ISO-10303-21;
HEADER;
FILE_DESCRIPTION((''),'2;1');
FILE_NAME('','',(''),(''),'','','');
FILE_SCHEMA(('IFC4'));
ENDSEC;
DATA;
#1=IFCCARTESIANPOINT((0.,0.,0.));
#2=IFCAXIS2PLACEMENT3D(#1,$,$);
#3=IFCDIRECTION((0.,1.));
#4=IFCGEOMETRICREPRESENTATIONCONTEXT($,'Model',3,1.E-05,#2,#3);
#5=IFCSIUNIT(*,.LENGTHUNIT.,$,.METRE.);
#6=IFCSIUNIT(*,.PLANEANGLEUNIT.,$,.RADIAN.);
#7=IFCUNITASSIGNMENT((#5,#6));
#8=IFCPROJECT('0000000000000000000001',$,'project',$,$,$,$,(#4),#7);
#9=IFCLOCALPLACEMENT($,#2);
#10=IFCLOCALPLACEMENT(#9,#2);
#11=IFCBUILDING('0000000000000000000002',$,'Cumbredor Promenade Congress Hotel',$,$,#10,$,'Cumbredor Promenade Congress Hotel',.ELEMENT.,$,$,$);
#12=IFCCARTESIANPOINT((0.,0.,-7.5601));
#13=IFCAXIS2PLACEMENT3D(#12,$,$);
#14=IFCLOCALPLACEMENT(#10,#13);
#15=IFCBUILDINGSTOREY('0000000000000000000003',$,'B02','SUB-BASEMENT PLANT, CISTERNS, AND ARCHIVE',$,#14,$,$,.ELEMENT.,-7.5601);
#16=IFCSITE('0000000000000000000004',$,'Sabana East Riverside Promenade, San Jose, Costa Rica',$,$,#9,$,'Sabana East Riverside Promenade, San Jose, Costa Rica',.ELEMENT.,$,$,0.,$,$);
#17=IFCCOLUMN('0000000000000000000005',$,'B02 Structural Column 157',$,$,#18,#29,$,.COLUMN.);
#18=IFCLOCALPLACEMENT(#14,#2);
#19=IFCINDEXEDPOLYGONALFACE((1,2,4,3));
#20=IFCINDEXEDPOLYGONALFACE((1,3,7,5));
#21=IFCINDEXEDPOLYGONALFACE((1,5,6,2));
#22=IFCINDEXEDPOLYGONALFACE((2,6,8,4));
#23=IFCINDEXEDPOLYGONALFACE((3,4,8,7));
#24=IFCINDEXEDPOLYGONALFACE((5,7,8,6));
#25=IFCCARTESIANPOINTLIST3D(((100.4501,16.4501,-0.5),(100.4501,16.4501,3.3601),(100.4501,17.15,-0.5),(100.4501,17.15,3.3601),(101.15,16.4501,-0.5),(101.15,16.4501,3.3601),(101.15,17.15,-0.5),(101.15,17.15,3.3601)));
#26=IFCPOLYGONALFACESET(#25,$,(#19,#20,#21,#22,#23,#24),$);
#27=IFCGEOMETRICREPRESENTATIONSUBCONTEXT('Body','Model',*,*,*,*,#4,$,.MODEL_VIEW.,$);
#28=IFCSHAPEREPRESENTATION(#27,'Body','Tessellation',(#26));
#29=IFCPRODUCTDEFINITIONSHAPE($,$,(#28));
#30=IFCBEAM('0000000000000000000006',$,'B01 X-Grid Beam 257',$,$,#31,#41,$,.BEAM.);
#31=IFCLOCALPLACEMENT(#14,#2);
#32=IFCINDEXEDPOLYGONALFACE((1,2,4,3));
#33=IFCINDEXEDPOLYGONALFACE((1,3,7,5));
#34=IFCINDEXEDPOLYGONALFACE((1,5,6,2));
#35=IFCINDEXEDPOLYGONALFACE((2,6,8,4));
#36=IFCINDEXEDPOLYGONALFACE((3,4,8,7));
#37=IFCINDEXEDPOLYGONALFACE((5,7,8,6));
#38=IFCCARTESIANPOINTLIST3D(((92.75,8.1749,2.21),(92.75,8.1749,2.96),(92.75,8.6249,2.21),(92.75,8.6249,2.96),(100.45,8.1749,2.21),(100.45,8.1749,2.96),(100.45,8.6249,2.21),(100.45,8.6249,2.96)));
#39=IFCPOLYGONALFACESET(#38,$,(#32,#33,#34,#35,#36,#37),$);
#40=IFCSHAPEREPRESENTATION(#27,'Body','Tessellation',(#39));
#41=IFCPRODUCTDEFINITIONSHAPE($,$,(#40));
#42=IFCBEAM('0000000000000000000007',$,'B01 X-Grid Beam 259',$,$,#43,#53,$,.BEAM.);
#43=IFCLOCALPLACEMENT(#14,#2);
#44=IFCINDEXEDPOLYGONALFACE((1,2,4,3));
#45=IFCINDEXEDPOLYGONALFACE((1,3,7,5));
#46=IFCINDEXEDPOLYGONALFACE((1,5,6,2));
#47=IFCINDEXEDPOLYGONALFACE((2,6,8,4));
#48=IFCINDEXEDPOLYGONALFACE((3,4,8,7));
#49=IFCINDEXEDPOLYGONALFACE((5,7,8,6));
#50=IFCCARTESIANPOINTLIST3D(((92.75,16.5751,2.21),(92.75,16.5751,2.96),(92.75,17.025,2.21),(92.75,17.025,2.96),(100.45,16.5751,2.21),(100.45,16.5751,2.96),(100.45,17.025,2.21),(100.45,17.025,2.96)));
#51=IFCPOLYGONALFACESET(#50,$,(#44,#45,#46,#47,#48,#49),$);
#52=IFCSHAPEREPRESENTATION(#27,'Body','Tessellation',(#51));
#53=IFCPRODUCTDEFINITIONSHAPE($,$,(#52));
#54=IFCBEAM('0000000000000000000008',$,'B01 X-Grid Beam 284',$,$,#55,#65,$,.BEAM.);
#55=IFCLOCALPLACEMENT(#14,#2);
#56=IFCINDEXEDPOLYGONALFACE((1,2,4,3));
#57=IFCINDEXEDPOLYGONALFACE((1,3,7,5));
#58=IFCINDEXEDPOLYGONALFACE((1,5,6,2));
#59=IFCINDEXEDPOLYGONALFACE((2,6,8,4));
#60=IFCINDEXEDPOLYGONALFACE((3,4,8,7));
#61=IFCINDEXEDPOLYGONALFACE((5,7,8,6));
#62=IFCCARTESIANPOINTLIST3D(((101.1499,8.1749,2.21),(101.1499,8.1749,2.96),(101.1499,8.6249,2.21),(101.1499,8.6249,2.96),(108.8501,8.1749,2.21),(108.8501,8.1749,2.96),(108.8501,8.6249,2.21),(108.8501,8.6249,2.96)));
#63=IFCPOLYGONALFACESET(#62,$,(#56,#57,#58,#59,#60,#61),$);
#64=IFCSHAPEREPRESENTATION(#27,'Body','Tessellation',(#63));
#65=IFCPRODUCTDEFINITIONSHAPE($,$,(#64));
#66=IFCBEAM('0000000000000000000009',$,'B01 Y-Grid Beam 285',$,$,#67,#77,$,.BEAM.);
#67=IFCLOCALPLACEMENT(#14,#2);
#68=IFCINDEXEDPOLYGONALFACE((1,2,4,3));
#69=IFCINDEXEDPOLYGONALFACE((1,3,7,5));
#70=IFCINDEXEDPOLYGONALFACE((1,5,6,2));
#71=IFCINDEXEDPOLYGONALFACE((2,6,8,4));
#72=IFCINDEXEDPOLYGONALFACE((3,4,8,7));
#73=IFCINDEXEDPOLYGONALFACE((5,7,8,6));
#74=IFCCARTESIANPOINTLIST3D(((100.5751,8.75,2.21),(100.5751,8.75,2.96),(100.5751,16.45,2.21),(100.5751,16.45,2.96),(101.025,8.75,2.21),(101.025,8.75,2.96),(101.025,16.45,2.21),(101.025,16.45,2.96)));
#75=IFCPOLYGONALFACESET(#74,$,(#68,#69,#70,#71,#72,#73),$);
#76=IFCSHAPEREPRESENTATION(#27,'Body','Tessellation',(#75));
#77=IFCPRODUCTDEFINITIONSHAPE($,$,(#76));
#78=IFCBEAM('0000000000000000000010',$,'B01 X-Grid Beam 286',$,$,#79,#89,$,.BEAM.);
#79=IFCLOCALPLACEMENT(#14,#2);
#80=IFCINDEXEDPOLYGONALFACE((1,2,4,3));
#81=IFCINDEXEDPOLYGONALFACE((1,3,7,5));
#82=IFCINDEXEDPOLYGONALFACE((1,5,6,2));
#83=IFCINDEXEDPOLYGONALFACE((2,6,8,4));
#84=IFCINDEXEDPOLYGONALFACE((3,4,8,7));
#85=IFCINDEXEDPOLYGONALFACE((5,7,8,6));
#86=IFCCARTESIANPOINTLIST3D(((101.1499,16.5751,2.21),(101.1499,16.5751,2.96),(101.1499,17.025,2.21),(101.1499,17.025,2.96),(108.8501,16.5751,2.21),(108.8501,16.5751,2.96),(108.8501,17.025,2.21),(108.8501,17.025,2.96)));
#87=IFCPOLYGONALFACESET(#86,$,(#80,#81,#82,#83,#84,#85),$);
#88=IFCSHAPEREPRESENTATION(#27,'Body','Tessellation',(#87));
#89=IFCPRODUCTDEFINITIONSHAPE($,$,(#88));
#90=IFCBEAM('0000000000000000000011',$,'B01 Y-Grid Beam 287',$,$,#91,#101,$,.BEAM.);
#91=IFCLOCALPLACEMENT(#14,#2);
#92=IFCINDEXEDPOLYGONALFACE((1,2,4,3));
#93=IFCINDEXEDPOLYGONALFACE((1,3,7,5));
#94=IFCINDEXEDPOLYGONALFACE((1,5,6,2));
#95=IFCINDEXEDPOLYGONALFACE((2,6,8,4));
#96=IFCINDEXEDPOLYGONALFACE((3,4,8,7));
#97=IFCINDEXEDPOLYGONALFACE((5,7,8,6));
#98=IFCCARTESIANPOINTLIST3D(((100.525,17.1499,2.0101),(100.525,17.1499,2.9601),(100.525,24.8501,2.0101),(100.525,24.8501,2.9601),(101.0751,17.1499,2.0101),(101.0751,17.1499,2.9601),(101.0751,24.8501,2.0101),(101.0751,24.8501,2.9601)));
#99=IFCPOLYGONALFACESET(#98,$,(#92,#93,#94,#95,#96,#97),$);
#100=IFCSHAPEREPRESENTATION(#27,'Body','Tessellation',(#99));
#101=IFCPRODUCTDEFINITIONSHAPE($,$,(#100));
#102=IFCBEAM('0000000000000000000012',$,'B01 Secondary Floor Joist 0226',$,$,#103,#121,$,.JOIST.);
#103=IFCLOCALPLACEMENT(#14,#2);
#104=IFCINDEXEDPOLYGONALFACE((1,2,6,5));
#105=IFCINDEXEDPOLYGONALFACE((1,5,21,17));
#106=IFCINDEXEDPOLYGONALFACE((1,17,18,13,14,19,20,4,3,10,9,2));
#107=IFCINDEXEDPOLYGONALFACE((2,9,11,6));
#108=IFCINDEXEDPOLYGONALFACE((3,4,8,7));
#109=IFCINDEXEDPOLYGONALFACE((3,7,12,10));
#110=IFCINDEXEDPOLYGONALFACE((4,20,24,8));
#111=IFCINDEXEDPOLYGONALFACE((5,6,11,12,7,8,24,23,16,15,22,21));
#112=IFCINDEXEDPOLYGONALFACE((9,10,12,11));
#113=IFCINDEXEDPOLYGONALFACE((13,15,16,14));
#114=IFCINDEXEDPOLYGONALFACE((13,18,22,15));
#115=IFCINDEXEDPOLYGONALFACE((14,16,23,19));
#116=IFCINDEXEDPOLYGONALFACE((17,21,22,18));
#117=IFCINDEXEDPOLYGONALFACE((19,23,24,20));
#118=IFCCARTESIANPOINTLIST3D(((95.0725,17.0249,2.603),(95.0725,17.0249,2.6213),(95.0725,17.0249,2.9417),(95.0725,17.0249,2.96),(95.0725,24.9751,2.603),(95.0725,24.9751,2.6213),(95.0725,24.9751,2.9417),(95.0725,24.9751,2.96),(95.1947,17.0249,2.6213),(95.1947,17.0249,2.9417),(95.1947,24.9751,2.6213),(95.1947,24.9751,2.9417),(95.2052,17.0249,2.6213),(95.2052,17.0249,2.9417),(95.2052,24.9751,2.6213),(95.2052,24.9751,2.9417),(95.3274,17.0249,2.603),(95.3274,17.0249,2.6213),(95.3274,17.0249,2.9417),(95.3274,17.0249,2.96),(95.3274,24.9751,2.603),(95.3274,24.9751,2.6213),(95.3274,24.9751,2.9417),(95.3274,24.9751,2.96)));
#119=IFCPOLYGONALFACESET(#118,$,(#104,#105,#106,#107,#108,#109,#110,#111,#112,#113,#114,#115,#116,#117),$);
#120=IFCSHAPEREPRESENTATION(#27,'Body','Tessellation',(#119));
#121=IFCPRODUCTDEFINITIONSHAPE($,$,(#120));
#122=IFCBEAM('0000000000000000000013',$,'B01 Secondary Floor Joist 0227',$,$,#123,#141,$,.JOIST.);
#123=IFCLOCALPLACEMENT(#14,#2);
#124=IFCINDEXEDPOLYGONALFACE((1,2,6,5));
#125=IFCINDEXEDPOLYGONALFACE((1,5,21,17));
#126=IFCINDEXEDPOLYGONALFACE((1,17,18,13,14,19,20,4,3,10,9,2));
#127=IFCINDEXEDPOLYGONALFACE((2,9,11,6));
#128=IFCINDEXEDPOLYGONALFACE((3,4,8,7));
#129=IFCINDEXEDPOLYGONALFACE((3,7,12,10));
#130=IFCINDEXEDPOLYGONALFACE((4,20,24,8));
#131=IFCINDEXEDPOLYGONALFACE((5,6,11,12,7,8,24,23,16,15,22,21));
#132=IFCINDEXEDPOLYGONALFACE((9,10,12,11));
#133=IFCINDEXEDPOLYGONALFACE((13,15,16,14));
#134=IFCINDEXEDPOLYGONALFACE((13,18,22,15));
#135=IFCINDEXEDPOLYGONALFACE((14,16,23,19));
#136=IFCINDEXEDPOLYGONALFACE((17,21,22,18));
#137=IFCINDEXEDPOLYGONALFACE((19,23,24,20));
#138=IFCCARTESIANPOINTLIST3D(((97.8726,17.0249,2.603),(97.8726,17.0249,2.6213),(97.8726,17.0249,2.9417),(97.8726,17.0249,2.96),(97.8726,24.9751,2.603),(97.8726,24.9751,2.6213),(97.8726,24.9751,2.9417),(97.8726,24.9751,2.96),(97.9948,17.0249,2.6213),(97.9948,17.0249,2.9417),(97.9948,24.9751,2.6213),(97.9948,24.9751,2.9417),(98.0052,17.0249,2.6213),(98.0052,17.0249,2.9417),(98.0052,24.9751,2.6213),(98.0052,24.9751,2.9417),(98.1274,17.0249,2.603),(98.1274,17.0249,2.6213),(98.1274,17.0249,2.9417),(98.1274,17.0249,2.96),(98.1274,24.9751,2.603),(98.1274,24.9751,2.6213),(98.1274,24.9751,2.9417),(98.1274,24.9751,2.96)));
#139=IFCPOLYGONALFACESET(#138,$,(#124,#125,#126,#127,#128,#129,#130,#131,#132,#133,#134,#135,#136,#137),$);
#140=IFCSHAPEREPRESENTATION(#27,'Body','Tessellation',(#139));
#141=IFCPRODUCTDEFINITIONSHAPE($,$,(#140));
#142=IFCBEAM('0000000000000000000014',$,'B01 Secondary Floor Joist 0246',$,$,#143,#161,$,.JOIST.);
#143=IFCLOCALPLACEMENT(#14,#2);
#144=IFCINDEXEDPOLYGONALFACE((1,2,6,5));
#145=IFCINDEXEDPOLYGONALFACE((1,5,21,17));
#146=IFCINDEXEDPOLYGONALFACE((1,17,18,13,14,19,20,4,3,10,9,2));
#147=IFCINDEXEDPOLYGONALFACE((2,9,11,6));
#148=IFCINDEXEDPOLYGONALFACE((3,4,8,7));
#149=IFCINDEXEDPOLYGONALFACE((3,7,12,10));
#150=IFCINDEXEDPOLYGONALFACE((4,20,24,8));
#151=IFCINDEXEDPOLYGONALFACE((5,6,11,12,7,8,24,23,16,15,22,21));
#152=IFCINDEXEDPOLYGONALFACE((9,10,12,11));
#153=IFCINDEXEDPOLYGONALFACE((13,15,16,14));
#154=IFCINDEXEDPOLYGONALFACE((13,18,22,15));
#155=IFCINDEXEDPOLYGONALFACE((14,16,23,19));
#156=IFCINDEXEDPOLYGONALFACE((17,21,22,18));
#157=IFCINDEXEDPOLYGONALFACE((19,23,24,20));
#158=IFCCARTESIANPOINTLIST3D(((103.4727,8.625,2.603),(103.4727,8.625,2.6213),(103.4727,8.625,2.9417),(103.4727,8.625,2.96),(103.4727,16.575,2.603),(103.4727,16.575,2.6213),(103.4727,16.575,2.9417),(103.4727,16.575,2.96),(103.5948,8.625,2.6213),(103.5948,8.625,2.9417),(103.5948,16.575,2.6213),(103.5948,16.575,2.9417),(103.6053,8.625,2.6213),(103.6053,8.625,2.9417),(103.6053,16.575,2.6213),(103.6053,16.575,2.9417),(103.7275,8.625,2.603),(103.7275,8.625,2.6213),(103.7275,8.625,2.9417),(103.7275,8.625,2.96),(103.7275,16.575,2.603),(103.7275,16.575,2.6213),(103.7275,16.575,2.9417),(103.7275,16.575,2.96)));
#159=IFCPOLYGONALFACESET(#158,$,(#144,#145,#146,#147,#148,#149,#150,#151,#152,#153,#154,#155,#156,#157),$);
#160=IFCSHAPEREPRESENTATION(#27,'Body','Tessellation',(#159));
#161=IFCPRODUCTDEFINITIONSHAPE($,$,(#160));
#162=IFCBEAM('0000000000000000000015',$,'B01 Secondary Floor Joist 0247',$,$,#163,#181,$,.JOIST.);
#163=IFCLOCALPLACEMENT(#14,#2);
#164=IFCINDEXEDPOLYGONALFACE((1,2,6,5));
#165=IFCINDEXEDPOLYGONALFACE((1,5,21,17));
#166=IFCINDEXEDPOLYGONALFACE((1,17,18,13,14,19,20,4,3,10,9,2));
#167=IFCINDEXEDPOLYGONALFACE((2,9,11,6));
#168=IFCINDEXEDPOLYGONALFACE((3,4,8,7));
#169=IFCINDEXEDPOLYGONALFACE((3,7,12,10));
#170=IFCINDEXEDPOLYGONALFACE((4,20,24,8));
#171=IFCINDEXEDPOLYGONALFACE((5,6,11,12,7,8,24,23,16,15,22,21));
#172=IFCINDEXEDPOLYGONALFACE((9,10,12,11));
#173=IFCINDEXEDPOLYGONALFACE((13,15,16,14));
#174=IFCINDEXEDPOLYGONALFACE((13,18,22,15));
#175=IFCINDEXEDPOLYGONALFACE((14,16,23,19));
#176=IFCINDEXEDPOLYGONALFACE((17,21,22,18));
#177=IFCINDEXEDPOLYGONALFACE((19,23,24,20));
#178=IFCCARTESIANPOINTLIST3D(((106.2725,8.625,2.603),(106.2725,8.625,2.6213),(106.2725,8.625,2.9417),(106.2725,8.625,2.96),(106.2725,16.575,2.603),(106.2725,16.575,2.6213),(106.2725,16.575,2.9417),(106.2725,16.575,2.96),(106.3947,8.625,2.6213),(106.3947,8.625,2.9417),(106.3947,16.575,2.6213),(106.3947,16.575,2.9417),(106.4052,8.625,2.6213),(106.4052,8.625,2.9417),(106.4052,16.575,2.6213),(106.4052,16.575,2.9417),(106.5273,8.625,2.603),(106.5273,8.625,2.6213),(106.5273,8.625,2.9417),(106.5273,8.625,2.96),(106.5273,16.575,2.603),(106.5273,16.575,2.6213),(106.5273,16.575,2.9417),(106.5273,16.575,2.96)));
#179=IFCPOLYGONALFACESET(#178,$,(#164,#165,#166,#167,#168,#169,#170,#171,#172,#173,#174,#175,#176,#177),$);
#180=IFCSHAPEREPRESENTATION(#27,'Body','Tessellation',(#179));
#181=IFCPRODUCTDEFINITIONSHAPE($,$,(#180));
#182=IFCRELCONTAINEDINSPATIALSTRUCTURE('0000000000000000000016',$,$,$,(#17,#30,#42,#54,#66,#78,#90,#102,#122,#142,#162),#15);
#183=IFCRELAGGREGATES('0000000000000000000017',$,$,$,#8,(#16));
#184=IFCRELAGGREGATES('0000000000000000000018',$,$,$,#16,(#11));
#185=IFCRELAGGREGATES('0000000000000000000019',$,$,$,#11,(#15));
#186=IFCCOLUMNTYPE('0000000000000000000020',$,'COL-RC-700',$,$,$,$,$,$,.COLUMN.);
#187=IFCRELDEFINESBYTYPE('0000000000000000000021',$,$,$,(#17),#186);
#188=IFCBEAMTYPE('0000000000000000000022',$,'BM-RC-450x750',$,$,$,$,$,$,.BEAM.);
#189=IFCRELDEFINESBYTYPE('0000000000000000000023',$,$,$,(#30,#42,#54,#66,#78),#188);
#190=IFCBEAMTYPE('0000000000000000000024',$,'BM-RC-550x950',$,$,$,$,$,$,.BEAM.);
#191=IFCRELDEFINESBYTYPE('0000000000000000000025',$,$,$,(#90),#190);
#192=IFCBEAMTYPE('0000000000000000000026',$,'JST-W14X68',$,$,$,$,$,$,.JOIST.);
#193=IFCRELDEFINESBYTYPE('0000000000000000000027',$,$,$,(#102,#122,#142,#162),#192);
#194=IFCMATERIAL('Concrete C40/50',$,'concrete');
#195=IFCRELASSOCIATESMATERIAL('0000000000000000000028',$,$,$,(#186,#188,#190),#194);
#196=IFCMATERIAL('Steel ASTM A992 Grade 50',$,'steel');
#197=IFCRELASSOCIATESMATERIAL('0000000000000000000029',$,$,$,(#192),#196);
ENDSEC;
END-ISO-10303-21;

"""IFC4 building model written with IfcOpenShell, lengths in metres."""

from ifc_helpers import new_model, si_unit, direction, frame, origin, origin_2d, place, context, subcontext, project, spatial, rectangle, i_section, extrude, material, material_profile, profile_set, type_object, element, save


model = new_model("IFC4")

# Units and contexts
model_context = context("Model", 3, precision=1e-05, world=origin(), true_north=direction((0.0, 1.0)))
body_context = subcontext(model_context, "Body", "Model", "MODEL_VIEW")
ifc_project = project(units=[si_unit("LENGTHUNIT", "METRE"), si_unit("PLANEANGLEUNIT", "RADIAN")], contexts=[model_context])

# Site, building, storey
site_placement = place(None, origin())
site = spatial("IfcSite", under=ifc_project, at=site_placement, Name="Sabana East Riverside Promenade, San Jose, Costa Rica", LongName="Sabana East Riverside Promenade, San Jose, Costa Rica", CompositionType="ELEMENT", RefElevation=0.0)
building_placement = place(site_placement, origin())
building = spatial("IfcBuilding", under=site, at=building_placement, Name="Cumbredor Promenade Congress Hotel", LongName="Cumbredor Promenade Congress Hotel", CompositionType="ELEMENT")
storey_placement = place(building_placement, frame((0.0, 0.0, -7.5601)))
storey = spatial("IfcBuildingStorey", under=building, at=storey_placement, Name="B02", Description="SUB-BASEMENT PLANT, CISTERNS, AND ARCHIVE", CompositionType="ELEMENT", Elevation=-7.5601)

# Shared definitions
ifc_material_1 = material(Name="Concrete C40/50", Category="concrete")

# Column
ifc_material_profile_1 = material_profile(ifc_material_1, rectangle(XDim=0.7, YDim=0.7, at=origin_2d()), Name="RC 700x700")
ifc_profile_set_1 = profile_set([ifc_material_profile_1], Name="Concrete C40/50")
column_type = type_object("IfcColumnType", Name="COL-RC-700", PredefinedType="COLUMN", material=ifc_profile_set_1)
for number, where, z_axis, x_axis, name in (
    (1, (100.8, 16.8, -0.5), (0.0, 0.0, 1.0), (1.0, 0.0, 0.0), "B02 Structural Column 157"),
):
    element("IfcColumn", number, at=place(storey_placement, frame(where, z_axis=z_axis, x_axis=x_axis)), inside=storey, type_object=column_type, Name=name, PredefinedType="COLUMN", context=body_context, shape_type="SweptSolid", body=[
        extrude(rectangle(XDim=0.7, YDim=0.7, at=origin_2d()), origin(), (0.0, 0.0, 1.0), 3.8601),
    ])

# Beams
ifc_material_profile_2 = material_profile(ifc_material_1, rectangle(XDim=0.45, YDim=0.75, at=origin_2d()), Name="RC BEAM 450x750")
ifc_profile_set_2 = profile_set([ifc_material_profile_2], Name="Concrete C40/50")
beam_type_1 = type_object("IfcBeamType", Name="BM-RC-450x750", PredefinedType="BEAM", material=ifc_profile_set_2)
for number, where, z_axis, x_axis, name in (
    (2, (92.75, 8.3999, 2.585), (1.0, 0.0, 0.0), (0.0, 1.0, 0.0), "B01 X-Grid Beam 257"),
    (3, (92.75, 16.8, 2.585), (1.0, 0.0, 0.0), (0.0, 1.0, 0.0), "B01 X-Grid Beam 259"),
):
    element("IfcBeam", number, at=place(storey_placement, frame(where, z_axis=z_axis, x_axis=x_axis)), inside=storey, type_object=beam_type_1, Name=name, PredefinedType="BEAM", context=body_context, shape_type="SweptSolid", body=[
        extrude(rectangle(XDim=0.45, YDim=0.75, at=origin_2d()), origin(), (0.0, 0.0, 1.0), 7.7),
    ])
beam_1_placement = place(storey_placement, frame((101.1499, 8.3999, 2.585), z_axis=(1.0, 0.0, 0.0), x_axis=(0.0, 1.0, 0.0)))
element("IfcBeam", 4, at=beam_1_placement, inside=storey, type_object=beam_type_1, Name="B01 X-Grid Beam 284", PredefinedType="BEAM", context=body_context, shape_type="SweptSolid", body=[
    extrude(rectangle(XDim=0.45, YDim=0.75, at=origin_2d()), origin(), (0.0, 0.0, 1.0), 7.7002),
])
beam_2_placement = place(storey_placement, frame((100.8, 8.75, 2.585), z_axis=(0.0, 1.0, 0.0), x_axis=(-1.0, 0.0, 0.0)))
element("IfcBeam", 5, at=beam_2_placement, inside=storey, type_object=beam_type_1, Name="B01 Y-Grid Beam 285", PredefinedType="BEAM", context=body_context, shape_type="SweptSolid", body=[
    extrude(rectangle(XDim=0.45, YDim=0.75, at=origin_2d()), origin(), (0.0, 0.0, 1.0), 7.7),
])
beam_3_placement = place(storey_placement, frame((101.1499, 16.8, 2.585), z_axis=(1.0, 0.0, 0.0), x_axis=(0.0, 1.0, 0.0)))
element("IfcBeam", 6, at=beam_3_placement, inside=storey, type_object=beam_type_1, Name="B01 X-Grid Beam 286", PredefinedType="BEAM", context=body_context, shape_type="SweptSolid", body=[
    extrude(rectangle(XDim=0.45, YDim=0.75, at=origin_2d()), origin(), (0.0, 0.0, 1.0), 7.7002),
])
ifc_material_profile_3 = material_profile(ifc_material_1, rectangle(XDim=0.55, YDim=0.95, at=origin_2d()), Name="RC BEAM 550x950")
ifc_profile_set_3 = profile_set([ifc_material_profile_3], Name="Concrete C40/50")
beam_type_2 = type_object("IfcBeamType", Name="BM-RC-550x950", PredefinedType="BEAM", material=ifc_profile_set_3)
beam_4_placement = place(storey_placement, frame((100.8, 17.1499, 2.4851), z_axis=(0.0, 1.0, 0.0), x_axis=(-1.0, 0.0, 0.0)))
element("IfcBeam", 7, at=beam_4_placement, inside=storey, type_object=beam_type_2, Name="B01 Y-Grid Beam 287", PredefinedType="BEAM", context=body_context, shape_type="SweptSolid", body=[
    extrude(rectangle(XDim=0.55, YDim=0.95, at=origin_2d()), origin(), (0.0, 0.0, 1.0), 7.7002),
])
ifc_material_2 = material(Name="Steel ASTM A992 Grade 50", Category="steel")
ifc_material_profile_4 = material_profile(ifc_material_2, i_section(OverallWidth=0.2549, OverallDepth=0.3569, WebThickness=0.0105, FlangeThickness=0.0183, at=origin_2d()), Name="W14X68")
ifc_profile_set_4 = profile_set([ifc_material_profile_4], Name="Steel ASTM A992 Grade 50")
beam_type_3 = type_object("IfcBeamType", Name="JST-W14X68", PredefinedType="JOIST", material=ifc_profile_set_4)
for number, where, z_axis, x_axis, name in (
    (8, (95.2, 17.0249, 2.7815), (0.0, 1.0, 0.0), (-1.0, 0.0, 0.0), "B01 Secondary Floor Joist 0226"),
    (9, (98.0, 17.0249, 2.7815), (0.0, 1.0, 0.0), (-1.0, 0.0, 0.0), "B01 Secondary Floor Joist 0227"),
):
    element("IfcBeam", number, at=place(storey_placement, frame(where, z_axis=z_axis, x_axis=x_axis)), inside=storey, type_object=beam_type_3, Name=name, PredefinedType="JOIST", context=body_context, shape_type="SweptSolid", body=[
        extrude(i_section(OverallWidth=0.2549, OverallDepth=0.3569, WebThickness=0.0105, FlangeThickness=0.0183, at=origin_2d()), origin(), (0.0, 0.0, 1.0), 7.9502),
    ])
for number, where, z_axis, x_axis, name in (
    (10, (103.6001, 8.625, 2.7815), (0.0, 1.0, 0.0), (-1.0, 0.0, 0.0), "B01 Secondary Floor Joist 0246"),
    (11, (106.3999, 8.625, 2.7815), (0.0, 1.0, 0.0), (-1.0, 0.0, 0.0), "B01 Secondary Floor Joist 0247"),
):
    element("IfcBeam", number, at=place(storey_placement, frame(where, z_axis=z_axis, x_axis=x_axis)), inside=storey, type_object=beam_type_3, Name=name, PredefinedType="JOIST", context=body_context, shape_type="SweptSolid", body=[
        extrude(i_section(OverallWidth=0.2549, OverallDepth=0.3569, WebThickness=0.0105, FlangeThickness=0.0183, at=origin_2d()), origin(), (0.0, 0.0, 1.0), 7.95),
    ])

save(model, "model.ifc")
